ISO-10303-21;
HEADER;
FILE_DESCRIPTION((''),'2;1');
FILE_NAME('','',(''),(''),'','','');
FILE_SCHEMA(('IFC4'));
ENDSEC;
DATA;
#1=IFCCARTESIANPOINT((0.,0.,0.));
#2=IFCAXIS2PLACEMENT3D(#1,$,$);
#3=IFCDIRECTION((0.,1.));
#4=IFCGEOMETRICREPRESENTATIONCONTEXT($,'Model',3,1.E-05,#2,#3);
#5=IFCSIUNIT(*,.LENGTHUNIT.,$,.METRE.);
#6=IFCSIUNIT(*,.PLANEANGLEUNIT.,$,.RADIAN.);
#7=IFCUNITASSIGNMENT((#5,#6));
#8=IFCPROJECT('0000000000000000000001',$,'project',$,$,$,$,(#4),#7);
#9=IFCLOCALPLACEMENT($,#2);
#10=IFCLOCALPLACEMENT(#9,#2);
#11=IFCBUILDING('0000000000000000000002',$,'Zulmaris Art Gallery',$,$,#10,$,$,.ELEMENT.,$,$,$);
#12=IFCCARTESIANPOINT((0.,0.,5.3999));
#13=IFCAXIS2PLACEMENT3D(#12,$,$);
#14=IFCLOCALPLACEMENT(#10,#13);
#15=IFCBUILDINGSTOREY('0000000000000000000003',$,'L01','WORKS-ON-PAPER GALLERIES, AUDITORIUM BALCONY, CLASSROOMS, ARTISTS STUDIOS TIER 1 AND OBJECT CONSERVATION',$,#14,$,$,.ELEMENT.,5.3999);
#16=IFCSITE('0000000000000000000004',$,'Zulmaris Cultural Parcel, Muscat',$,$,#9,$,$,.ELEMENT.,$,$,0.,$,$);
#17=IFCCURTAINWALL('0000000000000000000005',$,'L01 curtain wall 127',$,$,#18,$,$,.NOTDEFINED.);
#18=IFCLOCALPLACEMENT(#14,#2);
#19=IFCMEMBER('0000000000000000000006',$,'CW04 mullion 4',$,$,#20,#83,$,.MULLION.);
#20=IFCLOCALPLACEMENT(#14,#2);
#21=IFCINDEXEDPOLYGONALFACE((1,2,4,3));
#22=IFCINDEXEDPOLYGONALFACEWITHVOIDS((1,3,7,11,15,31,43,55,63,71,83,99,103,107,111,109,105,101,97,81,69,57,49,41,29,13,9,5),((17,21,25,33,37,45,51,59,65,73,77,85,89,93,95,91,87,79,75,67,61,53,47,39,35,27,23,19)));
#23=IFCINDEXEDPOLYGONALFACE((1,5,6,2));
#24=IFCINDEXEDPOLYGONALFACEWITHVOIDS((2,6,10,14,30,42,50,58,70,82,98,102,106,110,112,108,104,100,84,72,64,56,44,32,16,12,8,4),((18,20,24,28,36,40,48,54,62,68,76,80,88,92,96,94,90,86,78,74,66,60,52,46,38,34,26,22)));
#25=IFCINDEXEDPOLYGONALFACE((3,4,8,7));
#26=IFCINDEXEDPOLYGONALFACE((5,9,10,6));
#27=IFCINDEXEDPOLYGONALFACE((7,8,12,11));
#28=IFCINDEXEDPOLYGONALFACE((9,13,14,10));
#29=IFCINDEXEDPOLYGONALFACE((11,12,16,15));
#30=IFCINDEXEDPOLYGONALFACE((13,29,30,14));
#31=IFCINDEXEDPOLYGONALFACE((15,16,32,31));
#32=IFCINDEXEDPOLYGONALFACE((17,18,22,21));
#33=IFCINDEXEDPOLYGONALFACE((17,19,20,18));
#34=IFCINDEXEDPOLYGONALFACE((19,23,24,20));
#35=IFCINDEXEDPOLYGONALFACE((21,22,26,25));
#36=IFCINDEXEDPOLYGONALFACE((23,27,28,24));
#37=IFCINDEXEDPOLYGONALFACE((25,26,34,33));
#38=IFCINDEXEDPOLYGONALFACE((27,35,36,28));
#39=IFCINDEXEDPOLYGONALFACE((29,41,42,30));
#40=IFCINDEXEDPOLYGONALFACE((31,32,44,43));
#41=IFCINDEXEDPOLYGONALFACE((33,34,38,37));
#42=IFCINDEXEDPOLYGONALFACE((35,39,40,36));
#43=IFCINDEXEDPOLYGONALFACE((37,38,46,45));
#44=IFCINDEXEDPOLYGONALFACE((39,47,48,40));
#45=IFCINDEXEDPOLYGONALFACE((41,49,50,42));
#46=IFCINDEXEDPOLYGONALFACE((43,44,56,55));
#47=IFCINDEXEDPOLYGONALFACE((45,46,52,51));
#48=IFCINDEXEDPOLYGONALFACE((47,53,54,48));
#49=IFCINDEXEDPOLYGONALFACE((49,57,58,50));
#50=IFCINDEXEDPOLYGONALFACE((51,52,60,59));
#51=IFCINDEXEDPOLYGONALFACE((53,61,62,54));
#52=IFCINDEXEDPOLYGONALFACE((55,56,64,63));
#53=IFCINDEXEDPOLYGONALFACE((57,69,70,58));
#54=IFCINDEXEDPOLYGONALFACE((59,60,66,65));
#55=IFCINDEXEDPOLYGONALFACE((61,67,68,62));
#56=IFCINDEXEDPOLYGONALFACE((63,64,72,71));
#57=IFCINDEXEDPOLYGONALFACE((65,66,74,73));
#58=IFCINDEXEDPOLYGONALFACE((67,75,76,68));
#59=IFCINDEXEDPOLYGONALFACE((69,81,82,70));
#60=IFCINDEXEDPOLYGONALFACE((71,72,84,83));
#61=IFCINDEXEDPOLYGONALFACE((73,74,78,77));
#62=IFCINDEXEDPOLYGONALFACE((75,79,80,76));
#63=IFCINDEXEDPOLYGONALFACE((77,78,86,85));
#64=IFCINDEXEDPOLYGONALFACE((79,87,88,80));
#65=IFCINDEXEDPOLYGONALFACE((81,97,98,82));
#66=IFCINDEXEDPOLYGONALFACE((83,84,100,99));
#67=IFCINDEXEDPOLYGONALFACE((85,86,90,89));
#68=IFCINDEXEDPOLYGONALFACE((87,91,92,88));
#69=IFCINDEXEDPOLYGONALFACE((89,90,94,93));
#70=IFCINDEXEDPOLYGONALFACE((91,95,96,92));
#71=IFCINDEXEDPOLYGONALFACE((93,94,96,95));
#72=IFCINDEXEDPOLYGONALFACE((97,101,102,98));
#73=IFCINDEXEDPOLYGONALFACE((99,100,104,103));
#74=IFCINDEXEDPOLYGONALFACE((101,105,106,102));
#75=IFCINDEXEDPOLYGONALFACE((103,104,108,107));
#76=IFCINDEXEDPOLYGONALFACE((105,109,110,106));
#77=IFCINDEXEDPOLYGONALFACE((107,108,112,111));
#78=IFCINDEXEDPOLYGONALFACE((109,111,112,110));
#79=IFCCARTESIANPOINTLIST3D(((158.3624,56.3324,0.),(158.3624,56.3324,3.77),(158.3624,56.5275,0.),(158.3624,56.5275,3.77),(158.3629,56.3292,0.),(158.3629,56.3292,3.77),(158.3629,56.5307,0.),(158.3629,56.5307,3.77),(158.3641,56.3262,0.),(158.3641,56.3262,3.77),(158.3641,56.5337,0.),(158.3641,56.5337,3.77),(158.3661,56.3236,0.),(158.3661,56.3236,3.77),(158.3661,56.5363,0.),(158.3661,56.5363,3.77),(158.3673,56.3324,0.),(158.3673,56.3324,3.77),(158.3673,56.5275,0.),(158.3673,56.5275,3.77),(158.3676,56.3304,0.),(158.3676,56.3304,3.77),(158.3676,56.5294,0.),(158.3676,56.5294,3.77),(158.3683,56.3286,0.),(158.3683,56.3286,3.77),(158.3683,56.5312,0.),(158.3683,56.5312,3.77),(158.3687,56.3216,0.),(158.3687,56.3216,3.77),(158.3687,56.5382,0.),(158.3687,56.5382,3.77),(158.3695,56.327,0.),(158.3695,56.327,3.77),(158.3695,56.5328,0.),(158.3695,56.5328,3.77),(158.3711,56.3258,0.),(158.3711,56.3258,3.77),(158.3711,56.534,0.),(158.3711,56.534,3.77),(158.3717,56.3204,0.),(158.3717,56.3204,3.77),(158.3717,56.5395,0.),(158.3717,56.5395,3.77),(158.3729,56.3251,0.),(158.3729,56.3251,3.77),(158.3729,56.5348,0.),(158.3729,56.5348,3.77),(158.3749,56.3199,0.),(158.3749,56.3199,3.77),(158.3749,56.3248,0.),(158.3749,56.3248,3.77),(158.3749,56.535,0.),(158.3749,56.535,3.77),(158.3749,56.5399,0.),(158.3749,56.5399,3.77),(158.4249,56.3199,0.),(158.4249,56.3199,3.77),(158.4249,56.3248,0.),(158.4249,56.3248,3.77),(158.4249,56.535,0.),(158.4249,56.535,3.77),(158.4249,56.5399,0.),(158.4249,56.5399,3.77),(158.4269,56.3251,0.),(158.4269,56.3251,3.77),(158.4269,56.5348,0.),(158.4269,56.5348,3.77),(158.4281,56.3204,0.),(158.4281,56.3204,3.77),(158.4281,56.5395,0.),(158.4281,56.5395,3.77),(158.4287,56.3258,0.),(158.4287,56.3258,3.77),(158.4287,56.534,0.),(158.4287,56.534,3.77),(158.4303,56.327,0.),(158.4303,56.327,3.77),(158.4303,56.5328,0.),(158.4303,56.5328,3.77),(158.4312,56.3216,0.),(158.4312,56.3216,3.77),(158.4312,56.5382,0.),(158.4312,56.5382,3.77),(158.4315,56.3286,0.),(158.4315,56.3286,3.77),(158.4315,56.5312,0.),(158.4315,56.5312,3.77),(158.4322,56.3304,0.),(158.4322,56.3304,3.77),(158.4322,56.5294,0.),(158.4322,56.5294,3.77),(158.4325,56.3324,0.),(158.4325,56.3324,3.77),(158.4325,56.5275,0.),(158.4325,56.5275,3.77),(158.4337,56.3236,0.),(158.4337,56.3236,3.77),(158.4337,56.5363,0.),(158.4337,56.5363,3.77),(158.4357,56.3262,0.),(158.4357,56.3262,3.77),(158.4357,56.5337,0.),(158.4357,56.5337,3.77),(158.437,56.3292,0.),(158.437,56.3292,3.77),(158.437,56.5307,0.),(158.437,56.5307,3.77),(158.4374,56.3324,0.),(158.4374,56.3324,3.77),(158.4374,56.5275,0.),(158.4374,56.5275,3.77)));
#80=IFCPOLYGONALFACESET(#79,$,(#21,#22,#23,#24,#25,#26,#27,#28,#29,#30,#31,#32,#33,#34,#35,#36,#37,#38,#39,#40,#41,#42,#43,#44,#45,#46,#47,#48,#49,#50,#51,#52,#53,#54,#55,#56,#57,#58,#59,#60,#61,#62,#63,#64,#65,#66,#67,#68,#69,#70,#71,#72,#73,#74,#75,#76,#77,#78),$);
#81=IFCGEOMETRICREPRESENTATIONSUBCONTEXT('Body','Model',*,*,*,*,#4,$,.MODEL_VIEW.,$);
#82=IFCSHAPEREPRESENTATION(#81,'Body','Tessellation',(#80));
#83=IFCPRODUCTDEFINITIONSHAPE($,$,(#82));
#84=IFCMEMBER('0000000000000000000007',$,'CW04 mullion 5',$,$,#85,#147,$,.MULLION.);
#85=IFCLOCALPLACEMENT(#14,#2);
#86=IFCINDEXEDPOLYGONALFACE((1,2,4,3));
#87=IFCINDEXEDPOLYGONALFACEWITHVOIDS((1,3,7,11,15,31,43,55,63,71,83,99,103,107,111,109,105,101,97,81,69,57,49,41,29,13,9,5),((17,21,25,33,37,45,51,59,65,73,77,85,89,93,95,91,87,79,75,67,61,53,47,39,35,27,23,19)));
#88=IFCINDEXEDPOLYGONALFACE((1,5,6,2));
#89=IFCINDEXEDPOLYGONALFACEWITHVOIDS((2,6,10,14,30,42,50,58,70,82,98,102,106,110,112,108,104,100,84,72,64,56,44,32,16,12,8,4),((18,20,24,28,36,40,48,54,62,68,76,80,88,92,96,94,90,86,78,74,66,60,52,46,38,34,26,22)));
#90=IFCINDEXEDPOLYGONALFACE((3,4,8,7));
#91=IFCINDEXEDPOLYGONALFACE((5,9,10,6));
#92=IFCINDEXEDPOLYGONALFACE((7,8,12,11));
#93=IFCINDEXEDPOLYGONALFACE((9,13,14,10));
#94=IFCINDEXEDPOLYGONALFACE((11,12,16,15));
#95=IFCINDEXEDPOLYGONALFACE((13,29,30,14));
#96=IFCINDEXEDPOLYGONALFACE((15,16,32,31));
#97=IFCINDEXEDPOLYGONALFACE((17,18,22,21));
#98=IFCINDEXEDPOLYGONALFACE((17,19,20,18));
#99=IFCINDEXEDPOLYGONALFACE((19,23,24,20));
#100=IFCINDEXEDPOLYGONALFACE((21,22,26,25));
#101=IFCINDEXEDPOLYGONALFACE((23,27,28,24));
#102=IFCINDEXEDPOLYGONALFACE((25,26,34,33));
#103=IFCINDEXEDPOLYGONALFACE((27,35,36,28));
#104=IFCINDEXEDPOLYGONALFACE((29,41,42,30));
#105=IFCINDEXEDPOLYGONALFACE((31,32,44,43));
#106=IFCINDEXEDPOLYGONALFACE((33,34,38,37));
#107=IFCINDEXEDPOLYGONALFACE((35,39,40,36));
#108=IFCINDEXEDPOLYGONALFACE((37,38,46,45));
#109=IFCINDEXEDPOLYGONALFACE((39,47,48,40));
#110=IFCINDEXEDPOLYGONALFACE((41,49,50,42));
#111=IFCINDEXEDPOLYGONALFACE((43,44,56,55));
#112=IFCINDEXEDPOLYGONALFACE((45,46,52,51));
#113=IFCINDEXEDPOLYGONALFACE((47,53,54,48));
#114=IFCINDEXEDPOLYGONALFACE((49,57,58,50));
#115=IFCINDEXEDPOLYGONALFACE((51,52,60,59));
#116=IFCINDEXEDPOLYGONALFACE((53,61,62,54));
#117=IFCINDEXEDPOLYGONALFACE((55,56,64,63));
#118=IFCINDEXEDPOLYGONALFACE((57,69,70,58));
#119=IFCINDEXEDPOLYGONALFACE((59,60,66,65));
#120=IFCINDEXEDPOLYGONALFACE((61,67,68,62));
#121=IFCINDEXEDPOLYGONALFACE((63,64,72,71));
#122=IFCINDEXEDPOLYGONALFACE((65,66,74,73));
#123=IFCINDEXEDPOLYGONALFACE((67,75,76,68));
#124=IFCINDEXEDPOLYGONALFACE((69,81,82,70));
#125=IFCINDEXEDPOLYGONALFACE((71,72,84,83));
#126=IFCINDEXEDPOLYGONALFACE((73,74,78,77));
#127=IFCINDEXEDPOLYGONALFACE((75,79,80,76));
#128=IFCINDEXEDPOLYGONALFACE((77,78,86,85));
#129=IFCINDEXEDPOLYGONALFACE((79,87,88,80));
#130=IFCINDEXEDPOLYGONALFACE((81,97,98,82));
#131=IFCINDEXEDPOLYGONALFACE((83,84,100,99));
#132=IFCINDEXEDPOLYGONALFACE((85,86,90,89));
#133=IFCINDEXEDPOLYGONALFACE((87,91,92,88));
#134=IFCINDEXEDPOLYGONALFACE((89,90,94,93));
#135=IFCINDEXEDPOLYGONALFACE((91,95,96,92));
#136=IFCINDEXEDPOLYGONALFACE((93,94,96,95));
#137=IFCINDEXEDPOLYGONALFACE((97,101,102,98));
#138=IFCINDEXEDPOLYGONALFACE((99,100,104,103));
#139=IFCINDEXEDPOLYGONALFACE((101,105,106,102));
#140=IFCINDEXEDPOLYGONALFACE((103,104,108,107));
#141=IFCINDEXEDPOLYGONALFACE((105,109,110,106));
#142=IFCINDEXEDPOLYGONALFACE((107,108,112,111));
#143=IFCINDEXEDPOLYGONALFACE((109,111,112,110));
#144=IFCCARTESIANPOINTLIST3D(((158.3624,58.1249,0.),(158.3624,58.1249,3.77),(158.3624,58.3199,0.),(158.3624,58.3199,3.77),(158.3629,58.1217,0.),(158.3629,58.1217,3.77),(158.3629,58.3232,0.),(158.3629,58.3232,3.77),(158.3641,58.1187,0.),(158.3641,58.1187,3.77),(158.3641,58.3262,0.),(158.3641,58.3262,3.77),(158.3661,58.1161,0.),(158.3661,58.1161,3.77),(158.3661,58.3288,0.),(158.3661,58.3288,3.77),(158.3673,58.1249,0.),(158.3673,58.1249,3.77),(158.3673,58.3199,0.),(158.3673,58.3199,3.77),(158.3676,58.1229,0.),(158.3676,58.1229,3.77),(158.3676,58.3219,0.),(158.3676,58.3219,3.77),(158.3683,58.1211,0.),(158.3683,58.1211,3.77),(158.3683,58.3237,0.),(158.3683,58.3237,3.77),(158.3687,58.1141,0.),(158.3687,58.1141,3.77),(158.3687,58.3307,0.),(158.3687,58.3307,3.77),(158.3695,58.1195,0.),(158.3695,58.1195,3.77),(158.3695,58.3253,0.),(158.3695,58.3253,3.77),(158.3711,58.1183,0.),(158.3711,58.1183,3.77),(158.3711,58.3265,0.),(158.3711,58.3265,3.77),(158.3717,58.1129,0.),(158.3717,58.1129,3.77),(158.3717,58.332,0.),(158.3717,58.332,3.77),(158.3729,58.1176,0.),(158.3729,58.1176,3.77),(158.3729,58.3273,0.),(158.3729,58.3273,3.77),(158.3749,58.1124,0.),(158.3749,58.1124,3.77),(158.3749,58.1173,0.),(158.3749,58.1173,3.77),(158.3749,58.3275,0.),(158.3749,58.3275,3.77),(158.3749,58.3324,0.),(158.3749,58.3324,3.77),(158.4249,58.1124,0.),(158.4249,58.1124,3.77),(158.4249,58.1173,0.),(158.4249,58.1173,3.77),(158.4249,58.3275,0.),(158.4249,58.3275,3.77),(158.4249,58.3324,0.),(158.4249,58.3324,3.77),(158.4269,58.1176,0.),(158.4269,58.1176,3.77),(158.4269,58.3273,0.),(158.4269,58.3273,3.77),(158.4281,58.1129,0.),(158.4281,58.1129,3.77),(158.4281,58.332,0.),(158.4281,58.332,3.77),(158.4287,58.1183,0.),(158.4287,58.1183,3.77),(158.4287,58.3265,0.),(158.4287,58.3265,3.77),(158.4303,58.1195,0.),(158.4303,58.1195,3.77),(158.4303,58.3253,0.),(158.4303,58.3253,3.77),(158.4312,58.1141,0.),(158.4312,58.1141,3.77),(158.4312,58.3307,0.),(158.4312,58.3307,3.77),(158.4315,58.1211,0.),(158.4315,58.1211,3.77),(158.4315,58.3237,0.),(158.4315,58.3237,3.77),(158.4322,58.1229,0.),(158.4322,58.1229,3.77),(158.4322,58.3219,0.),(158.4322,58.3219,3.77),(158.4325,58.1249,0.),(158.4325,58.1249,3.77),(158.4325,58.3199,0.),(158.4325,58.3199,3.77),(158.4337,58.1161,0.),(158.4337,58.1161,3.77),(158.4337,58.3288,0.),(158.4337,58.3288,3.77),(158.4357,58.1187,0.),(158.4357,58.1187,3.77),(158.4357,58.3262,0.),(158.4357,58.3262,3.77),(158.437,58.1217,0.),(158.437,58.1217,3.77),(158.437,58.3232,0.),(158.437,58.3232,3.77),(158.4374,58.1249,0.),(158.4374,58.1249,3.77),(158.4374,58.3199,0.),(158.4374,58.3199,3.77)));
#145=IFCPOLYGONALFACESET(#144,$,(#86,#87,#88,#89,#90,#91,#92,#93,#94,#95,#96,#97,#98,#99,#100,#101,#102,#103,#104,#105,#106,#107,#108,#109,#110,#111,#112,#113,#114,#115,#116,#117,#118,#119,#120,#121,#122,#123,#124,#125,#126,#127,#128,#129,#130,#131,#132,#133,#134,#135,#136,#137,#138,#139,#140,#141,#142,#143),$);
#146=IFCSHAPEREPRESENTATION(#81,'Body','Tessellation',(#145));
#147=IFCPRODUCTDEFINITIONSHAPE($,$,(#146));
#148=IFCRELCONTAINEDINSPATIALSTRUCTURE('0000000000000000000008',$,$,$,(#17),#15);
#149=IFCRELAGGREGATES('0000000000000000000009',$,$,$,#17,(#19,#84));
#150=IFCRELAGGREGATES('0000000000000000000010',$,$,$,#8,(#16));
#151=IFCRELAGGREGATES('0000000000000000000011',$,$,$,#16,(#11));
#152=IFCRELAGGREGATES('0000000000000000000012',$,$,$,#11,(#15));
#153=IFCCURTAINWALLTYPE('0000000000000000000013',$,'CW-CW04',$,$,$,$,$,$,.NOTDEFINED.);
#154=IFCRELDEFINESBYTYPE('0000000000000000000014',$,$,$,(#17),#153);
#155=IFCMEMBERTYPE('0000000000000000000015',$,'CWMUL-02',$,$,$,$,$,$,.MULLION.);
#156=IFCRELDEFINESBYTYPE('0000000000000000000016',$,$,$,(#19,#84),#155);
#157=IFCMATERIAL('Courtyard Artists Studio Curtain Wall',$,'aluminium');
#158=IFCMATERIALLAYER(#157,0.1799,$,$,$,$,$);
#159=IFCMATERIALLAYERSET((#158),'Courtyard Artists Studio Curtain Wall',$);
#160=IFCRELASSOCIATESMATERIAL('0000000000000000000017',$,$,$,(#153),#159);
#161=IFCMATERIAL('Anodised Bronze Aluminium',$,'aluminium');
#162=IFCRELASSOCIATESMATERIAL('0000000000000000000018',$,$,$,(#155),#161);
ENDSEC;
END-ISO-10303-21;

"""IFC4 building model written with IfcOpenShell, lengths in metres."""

from ifc_helpers import new_model, si_unit, direction, frame, origin, origin_2d, place, context, subcontext, project, spatial, hollow_rectangle, extrude, material, layer, layer_set, material_profile, profile_set, type_object, element, aggregate, save


model = new_model("IFC4")

# Units and contexts
model_context = context("Model", 3, precision=1e-05, world=origin(), true_north=direction((0.0, 1.0)))
body_context = subcontext(model_context, "Body", "Model", "MODEL_VIEW")
ifc_project = project(units=[si_unit("LENGTHUNIT", "METRE"), si_unit("PLANEANGLEUNIT", "RADIAN")], contexts=[model_context])

# Site, building, storey
site_placement = place(None, origin())
site = spatial("IfcSite", under=ifc_project, at=site_placement, Name="Zulmaris Cultural Parcel, Muscat", CompositionType="ELEMENT", RefElevation=0.0)
building_placement = place(site_placement, origin())
building = spatial("IfcBuilding", under=site, at=building_placement, Name="Zulmaris Art Gallery", CompositionType="ELEMENT")
storey_placement = place(building_placement, frame((0.0, 0.0, 5.3999)))
storey = spatial("IfcBuildingStorey", under=building, at=storey_placement, Name="L01", Description="WORKS-ON-PAPER GALLERIES, AUDITORIUM BALCONY, CLASSROOMS, ARTISTS STUDIOS TIER 1 AND OBJECT CONSERVATION", CompositionType="ELEMENT", Elevation=5.3999)

# Curtain wall, members
ifc_material_1 = material(Name="Courtyard Artists Studio Curtain Wall", Category="aluminium")
ifc_layer_1 = layer(ifc_material_1, 0.1799)
ifc_layer_set_1 = layer_set([ifc_layer_1], Name="Courtyard Artists Studio Curtain Wall")
curtain_wall_type = type_object("IfcCurtainWallType", Name="CW-CW04", PredefinedType="NOTDEFINED", material=ifc_layer_set_1)
ifc_material_2 = material(Name="Anodised Bronze Aluminium", Category="aluminium")
ifc_material_profile_1 = material_profile(ifc_material_2, hollow_rectangle(XDim=0.075, YDim=0.22, WallThickness=0.0049, InnerFilletRadius=0.0076, OuterFilletRadius=0.0125, at=origin_2d()), Name="ALU 75x220x5")
ifc_profile_set_1 = profile_set([ifc_material_profile_1], Name="Anodised Bronze Aluminium")
member_type_1 = type_object("IfcMemberType", Name="CWMUL-02", PredefinedType="MULLION", material=ifc_profile_set_1)
curtain_wall_1_placement = place(storey_placement, origin())
curtain_wall_1 = element("IfcCurtainWall", 1, at=curtain_wall_1_placement, inside=storey, type_object=curtain_wall_type, Name="L01 curtain wall 127", PredefinedType="NOTDEFINED")
member_1_placement = place(storey_placement, frame((158.3999, 56.4299, 0.0), z_axis=(0.0, 0.0, 1.0), x_axis=(-1.0, 0.0, 0.0)))
member_1 = element("IfcMember", 2, at=member_1_placement, type_object=member_type_1, Name="CW04 mullion 4", PredefinedType="MULLION", context=body_context, shape_type="SweptSolid", body=[
    extrude(hollow_rectangle(XDim=0.075, YDim=0.22, WallThickness=0.0049, InnerFilletRadius=0.0076, OuterFilletRadius=0.0125, at=origin_2d()), origin(), (0.0, 0.0, 1.0), 3.77),
])
member_2_placement = place(storey_placement, frame((158.3999, 58.2224, 0.0), z_axis=(0.0, 0.0, 1.0), x_axis=(-1.0, 0.0, 0.0)))
member_2 = element("IfcMember", 3, at=member_2_placement, type_object=member_type_1, Name="CW04 mullion 5", PredefinedType="MULLION", context=body_context, shape_type="SweptSolid", body=[
    extrude(hollow_rectangle(XDim=0.075, YDim=0.22, WallThickness=0.0049, InnerFilletRadius=0.0076, OuterFilletRadius=0.0125, at=origin_2d()), origin(), (0.0, 0.0, 1.0), 3.77),
])

aggregate(curtain_wall_1, [member_1, member_2])

save(model, "model.ifc")
